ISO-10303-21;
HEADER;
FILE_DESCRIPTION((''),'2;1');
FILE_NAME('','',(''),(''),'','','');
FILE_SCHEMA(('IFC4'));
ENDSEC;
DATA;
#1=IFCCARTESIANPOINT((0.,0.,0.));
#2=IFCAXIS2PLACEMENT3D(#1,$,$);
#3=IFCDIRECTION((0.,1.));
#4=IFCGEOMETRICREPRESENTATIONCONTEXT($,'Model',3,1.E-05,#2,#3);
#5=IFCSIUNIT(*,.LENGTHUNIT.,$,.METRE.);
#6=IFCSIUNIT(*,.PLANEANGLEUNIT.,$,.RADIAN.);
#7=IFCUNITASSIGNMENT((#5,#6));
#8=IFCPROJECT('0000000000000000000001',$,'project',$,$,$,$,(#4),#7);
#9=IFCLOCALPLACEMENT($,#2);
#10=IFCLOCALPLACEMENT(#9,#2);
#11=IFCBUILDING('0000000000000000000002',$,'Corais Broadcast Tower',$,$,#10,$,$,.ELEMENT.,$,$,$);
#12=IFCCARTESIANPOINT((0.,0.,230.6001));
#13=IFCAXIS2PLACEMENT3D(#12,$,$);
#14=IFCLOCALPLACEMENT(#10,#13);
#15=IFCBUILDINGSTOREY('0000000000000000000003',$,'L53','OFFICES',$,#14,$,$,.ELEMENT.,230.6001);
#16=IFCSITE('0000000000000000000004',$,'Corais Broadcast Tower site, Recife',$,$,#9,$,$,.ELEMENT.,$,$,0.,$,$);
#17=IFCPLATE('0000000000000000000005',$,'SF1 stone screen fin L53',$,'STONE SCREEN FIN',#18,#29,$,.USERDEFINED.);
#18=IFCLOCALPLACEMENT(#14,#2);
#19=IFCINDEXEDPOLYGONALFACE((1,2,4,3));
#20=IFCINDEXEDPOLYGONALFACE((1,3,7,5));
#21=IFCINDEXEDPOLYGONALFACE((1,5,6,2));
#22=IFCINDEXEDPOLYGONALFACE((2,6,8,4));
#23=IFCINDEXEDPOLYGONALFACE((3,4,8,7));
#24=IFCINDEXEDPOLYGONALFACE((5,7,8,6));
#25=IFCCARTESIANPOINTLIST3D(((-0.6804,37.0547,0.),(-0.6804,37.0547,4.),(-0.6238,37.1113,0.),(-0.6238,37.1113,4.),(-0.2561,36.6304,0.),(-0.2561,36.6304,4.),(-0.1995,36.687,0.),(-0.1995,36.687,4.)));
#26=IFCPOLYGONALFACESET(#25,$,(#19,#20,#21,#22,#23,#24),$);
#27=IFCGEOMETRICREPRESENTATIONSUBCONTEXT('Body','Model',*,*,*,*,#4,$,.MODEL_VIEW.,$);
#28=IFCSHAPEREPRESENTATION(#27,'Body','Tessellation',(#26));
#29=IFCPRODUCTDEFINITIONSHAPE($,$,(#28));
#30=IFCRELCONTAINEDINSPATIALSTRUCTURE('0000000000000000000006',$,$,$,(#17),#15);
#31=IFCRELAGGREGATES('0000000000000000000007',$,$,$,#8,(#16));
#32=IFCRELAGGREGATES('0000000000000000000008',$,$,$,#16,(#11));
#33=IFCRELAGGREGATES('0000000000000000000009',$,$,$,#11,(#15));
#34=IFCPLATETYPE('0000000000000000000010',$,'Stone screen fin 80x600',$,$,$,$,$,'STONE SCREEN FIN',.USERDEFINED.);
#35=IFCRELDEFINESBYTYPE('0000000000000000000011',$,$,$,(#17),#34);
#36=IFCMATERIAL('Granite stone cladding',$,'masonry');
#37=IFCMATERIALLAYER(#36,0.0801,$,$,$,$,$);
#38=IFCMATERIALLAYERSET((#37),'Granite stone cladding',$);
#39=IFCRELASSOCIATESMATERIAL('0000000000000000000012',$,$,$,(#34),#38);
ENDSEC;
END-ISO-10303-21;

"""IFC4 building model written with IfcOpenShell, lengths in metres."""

from ifc_helpers import new_model, si_unit, direction, frame, origin, origin_2d, place, context, subcontext, project, spatial, rectangle, extrude, material, layer, layer_set, type_object, element, save


model = new_model("IFC4")

# Units and contexts
model_context = context("Model", 3, precision=1e-05, world=origin(), true_north=direction((0.0, 1.0)))
body_context = subcontext(model_context, "Body", "Model", "MODEL_VIEW")
ifc_project = project(units=[si_unit("LENGTHUNIT", "METRE"), si_unit("PLANEANGLEUNIT", "RADIAN")], contexts=[model_context])

# Site, building, storey
site_placement = place(None, origin())
site = spatial("IfcSite", under=ifc_project, at=site_placement, Name="Corais Broadcast Tower site, Recife", CompositionType="ELEMENT", RefElevation=0.0)
building_placement = place(site_placement, origin())
building = spatial("IfcBuilding", under=site, at=building_placement, Name="Corais Broadcast Tower", CompositionType="ELEMENT")
storey_placement = place(building_placement, frame((0.0, 0.0, 230.6001)))
storey = spatial("IfcBuildingStorey", under=building, at=storey_placement, Name="L53", Description="OFFICES", CompositionType="ELEMENT", Elevation=230.6001)

# Plate
ifc_material_1 = material(Name="Granite stone cladding", Category="masonry")
ifc_layer_1 = layer(ifc_material_1, 0.0801)
ifc_layer_set_1 = layer_set([ifc_layer_1], Name="Granite stone cladding")
plate_type_1 = type_object("IfcPlateType", Name="Stone screen fin 80x600", ElementType="STONE SCREEN FIN", PredefinedType="USERDEFINED", material=ifc_layer_set_1)
plate_1_placement = place(storey_placement, frame((-0.4399, 36.8708, 0.0), z_axis=(0.0, 0.0, 1.0), x_axis=(0.707107, 0.707107, 0.0)))
element("IfcPlate", 1, at=plate_1_placement, inside=storey, type_object=plate_type_1, Name="SF1 stone screen fin L53", ObjectType="STONE SCREEN FIN", PredefinedType="USERDEFINED", context=body_context, shape_type="SweptSolid", body=[
    extrude(rectangle(XDim=0.0801, YDim=0.6001, at=origin_2d()), origin(), (0.0, 0.0, 1.0), 4.0),
])

save(model, "model.ifc")
